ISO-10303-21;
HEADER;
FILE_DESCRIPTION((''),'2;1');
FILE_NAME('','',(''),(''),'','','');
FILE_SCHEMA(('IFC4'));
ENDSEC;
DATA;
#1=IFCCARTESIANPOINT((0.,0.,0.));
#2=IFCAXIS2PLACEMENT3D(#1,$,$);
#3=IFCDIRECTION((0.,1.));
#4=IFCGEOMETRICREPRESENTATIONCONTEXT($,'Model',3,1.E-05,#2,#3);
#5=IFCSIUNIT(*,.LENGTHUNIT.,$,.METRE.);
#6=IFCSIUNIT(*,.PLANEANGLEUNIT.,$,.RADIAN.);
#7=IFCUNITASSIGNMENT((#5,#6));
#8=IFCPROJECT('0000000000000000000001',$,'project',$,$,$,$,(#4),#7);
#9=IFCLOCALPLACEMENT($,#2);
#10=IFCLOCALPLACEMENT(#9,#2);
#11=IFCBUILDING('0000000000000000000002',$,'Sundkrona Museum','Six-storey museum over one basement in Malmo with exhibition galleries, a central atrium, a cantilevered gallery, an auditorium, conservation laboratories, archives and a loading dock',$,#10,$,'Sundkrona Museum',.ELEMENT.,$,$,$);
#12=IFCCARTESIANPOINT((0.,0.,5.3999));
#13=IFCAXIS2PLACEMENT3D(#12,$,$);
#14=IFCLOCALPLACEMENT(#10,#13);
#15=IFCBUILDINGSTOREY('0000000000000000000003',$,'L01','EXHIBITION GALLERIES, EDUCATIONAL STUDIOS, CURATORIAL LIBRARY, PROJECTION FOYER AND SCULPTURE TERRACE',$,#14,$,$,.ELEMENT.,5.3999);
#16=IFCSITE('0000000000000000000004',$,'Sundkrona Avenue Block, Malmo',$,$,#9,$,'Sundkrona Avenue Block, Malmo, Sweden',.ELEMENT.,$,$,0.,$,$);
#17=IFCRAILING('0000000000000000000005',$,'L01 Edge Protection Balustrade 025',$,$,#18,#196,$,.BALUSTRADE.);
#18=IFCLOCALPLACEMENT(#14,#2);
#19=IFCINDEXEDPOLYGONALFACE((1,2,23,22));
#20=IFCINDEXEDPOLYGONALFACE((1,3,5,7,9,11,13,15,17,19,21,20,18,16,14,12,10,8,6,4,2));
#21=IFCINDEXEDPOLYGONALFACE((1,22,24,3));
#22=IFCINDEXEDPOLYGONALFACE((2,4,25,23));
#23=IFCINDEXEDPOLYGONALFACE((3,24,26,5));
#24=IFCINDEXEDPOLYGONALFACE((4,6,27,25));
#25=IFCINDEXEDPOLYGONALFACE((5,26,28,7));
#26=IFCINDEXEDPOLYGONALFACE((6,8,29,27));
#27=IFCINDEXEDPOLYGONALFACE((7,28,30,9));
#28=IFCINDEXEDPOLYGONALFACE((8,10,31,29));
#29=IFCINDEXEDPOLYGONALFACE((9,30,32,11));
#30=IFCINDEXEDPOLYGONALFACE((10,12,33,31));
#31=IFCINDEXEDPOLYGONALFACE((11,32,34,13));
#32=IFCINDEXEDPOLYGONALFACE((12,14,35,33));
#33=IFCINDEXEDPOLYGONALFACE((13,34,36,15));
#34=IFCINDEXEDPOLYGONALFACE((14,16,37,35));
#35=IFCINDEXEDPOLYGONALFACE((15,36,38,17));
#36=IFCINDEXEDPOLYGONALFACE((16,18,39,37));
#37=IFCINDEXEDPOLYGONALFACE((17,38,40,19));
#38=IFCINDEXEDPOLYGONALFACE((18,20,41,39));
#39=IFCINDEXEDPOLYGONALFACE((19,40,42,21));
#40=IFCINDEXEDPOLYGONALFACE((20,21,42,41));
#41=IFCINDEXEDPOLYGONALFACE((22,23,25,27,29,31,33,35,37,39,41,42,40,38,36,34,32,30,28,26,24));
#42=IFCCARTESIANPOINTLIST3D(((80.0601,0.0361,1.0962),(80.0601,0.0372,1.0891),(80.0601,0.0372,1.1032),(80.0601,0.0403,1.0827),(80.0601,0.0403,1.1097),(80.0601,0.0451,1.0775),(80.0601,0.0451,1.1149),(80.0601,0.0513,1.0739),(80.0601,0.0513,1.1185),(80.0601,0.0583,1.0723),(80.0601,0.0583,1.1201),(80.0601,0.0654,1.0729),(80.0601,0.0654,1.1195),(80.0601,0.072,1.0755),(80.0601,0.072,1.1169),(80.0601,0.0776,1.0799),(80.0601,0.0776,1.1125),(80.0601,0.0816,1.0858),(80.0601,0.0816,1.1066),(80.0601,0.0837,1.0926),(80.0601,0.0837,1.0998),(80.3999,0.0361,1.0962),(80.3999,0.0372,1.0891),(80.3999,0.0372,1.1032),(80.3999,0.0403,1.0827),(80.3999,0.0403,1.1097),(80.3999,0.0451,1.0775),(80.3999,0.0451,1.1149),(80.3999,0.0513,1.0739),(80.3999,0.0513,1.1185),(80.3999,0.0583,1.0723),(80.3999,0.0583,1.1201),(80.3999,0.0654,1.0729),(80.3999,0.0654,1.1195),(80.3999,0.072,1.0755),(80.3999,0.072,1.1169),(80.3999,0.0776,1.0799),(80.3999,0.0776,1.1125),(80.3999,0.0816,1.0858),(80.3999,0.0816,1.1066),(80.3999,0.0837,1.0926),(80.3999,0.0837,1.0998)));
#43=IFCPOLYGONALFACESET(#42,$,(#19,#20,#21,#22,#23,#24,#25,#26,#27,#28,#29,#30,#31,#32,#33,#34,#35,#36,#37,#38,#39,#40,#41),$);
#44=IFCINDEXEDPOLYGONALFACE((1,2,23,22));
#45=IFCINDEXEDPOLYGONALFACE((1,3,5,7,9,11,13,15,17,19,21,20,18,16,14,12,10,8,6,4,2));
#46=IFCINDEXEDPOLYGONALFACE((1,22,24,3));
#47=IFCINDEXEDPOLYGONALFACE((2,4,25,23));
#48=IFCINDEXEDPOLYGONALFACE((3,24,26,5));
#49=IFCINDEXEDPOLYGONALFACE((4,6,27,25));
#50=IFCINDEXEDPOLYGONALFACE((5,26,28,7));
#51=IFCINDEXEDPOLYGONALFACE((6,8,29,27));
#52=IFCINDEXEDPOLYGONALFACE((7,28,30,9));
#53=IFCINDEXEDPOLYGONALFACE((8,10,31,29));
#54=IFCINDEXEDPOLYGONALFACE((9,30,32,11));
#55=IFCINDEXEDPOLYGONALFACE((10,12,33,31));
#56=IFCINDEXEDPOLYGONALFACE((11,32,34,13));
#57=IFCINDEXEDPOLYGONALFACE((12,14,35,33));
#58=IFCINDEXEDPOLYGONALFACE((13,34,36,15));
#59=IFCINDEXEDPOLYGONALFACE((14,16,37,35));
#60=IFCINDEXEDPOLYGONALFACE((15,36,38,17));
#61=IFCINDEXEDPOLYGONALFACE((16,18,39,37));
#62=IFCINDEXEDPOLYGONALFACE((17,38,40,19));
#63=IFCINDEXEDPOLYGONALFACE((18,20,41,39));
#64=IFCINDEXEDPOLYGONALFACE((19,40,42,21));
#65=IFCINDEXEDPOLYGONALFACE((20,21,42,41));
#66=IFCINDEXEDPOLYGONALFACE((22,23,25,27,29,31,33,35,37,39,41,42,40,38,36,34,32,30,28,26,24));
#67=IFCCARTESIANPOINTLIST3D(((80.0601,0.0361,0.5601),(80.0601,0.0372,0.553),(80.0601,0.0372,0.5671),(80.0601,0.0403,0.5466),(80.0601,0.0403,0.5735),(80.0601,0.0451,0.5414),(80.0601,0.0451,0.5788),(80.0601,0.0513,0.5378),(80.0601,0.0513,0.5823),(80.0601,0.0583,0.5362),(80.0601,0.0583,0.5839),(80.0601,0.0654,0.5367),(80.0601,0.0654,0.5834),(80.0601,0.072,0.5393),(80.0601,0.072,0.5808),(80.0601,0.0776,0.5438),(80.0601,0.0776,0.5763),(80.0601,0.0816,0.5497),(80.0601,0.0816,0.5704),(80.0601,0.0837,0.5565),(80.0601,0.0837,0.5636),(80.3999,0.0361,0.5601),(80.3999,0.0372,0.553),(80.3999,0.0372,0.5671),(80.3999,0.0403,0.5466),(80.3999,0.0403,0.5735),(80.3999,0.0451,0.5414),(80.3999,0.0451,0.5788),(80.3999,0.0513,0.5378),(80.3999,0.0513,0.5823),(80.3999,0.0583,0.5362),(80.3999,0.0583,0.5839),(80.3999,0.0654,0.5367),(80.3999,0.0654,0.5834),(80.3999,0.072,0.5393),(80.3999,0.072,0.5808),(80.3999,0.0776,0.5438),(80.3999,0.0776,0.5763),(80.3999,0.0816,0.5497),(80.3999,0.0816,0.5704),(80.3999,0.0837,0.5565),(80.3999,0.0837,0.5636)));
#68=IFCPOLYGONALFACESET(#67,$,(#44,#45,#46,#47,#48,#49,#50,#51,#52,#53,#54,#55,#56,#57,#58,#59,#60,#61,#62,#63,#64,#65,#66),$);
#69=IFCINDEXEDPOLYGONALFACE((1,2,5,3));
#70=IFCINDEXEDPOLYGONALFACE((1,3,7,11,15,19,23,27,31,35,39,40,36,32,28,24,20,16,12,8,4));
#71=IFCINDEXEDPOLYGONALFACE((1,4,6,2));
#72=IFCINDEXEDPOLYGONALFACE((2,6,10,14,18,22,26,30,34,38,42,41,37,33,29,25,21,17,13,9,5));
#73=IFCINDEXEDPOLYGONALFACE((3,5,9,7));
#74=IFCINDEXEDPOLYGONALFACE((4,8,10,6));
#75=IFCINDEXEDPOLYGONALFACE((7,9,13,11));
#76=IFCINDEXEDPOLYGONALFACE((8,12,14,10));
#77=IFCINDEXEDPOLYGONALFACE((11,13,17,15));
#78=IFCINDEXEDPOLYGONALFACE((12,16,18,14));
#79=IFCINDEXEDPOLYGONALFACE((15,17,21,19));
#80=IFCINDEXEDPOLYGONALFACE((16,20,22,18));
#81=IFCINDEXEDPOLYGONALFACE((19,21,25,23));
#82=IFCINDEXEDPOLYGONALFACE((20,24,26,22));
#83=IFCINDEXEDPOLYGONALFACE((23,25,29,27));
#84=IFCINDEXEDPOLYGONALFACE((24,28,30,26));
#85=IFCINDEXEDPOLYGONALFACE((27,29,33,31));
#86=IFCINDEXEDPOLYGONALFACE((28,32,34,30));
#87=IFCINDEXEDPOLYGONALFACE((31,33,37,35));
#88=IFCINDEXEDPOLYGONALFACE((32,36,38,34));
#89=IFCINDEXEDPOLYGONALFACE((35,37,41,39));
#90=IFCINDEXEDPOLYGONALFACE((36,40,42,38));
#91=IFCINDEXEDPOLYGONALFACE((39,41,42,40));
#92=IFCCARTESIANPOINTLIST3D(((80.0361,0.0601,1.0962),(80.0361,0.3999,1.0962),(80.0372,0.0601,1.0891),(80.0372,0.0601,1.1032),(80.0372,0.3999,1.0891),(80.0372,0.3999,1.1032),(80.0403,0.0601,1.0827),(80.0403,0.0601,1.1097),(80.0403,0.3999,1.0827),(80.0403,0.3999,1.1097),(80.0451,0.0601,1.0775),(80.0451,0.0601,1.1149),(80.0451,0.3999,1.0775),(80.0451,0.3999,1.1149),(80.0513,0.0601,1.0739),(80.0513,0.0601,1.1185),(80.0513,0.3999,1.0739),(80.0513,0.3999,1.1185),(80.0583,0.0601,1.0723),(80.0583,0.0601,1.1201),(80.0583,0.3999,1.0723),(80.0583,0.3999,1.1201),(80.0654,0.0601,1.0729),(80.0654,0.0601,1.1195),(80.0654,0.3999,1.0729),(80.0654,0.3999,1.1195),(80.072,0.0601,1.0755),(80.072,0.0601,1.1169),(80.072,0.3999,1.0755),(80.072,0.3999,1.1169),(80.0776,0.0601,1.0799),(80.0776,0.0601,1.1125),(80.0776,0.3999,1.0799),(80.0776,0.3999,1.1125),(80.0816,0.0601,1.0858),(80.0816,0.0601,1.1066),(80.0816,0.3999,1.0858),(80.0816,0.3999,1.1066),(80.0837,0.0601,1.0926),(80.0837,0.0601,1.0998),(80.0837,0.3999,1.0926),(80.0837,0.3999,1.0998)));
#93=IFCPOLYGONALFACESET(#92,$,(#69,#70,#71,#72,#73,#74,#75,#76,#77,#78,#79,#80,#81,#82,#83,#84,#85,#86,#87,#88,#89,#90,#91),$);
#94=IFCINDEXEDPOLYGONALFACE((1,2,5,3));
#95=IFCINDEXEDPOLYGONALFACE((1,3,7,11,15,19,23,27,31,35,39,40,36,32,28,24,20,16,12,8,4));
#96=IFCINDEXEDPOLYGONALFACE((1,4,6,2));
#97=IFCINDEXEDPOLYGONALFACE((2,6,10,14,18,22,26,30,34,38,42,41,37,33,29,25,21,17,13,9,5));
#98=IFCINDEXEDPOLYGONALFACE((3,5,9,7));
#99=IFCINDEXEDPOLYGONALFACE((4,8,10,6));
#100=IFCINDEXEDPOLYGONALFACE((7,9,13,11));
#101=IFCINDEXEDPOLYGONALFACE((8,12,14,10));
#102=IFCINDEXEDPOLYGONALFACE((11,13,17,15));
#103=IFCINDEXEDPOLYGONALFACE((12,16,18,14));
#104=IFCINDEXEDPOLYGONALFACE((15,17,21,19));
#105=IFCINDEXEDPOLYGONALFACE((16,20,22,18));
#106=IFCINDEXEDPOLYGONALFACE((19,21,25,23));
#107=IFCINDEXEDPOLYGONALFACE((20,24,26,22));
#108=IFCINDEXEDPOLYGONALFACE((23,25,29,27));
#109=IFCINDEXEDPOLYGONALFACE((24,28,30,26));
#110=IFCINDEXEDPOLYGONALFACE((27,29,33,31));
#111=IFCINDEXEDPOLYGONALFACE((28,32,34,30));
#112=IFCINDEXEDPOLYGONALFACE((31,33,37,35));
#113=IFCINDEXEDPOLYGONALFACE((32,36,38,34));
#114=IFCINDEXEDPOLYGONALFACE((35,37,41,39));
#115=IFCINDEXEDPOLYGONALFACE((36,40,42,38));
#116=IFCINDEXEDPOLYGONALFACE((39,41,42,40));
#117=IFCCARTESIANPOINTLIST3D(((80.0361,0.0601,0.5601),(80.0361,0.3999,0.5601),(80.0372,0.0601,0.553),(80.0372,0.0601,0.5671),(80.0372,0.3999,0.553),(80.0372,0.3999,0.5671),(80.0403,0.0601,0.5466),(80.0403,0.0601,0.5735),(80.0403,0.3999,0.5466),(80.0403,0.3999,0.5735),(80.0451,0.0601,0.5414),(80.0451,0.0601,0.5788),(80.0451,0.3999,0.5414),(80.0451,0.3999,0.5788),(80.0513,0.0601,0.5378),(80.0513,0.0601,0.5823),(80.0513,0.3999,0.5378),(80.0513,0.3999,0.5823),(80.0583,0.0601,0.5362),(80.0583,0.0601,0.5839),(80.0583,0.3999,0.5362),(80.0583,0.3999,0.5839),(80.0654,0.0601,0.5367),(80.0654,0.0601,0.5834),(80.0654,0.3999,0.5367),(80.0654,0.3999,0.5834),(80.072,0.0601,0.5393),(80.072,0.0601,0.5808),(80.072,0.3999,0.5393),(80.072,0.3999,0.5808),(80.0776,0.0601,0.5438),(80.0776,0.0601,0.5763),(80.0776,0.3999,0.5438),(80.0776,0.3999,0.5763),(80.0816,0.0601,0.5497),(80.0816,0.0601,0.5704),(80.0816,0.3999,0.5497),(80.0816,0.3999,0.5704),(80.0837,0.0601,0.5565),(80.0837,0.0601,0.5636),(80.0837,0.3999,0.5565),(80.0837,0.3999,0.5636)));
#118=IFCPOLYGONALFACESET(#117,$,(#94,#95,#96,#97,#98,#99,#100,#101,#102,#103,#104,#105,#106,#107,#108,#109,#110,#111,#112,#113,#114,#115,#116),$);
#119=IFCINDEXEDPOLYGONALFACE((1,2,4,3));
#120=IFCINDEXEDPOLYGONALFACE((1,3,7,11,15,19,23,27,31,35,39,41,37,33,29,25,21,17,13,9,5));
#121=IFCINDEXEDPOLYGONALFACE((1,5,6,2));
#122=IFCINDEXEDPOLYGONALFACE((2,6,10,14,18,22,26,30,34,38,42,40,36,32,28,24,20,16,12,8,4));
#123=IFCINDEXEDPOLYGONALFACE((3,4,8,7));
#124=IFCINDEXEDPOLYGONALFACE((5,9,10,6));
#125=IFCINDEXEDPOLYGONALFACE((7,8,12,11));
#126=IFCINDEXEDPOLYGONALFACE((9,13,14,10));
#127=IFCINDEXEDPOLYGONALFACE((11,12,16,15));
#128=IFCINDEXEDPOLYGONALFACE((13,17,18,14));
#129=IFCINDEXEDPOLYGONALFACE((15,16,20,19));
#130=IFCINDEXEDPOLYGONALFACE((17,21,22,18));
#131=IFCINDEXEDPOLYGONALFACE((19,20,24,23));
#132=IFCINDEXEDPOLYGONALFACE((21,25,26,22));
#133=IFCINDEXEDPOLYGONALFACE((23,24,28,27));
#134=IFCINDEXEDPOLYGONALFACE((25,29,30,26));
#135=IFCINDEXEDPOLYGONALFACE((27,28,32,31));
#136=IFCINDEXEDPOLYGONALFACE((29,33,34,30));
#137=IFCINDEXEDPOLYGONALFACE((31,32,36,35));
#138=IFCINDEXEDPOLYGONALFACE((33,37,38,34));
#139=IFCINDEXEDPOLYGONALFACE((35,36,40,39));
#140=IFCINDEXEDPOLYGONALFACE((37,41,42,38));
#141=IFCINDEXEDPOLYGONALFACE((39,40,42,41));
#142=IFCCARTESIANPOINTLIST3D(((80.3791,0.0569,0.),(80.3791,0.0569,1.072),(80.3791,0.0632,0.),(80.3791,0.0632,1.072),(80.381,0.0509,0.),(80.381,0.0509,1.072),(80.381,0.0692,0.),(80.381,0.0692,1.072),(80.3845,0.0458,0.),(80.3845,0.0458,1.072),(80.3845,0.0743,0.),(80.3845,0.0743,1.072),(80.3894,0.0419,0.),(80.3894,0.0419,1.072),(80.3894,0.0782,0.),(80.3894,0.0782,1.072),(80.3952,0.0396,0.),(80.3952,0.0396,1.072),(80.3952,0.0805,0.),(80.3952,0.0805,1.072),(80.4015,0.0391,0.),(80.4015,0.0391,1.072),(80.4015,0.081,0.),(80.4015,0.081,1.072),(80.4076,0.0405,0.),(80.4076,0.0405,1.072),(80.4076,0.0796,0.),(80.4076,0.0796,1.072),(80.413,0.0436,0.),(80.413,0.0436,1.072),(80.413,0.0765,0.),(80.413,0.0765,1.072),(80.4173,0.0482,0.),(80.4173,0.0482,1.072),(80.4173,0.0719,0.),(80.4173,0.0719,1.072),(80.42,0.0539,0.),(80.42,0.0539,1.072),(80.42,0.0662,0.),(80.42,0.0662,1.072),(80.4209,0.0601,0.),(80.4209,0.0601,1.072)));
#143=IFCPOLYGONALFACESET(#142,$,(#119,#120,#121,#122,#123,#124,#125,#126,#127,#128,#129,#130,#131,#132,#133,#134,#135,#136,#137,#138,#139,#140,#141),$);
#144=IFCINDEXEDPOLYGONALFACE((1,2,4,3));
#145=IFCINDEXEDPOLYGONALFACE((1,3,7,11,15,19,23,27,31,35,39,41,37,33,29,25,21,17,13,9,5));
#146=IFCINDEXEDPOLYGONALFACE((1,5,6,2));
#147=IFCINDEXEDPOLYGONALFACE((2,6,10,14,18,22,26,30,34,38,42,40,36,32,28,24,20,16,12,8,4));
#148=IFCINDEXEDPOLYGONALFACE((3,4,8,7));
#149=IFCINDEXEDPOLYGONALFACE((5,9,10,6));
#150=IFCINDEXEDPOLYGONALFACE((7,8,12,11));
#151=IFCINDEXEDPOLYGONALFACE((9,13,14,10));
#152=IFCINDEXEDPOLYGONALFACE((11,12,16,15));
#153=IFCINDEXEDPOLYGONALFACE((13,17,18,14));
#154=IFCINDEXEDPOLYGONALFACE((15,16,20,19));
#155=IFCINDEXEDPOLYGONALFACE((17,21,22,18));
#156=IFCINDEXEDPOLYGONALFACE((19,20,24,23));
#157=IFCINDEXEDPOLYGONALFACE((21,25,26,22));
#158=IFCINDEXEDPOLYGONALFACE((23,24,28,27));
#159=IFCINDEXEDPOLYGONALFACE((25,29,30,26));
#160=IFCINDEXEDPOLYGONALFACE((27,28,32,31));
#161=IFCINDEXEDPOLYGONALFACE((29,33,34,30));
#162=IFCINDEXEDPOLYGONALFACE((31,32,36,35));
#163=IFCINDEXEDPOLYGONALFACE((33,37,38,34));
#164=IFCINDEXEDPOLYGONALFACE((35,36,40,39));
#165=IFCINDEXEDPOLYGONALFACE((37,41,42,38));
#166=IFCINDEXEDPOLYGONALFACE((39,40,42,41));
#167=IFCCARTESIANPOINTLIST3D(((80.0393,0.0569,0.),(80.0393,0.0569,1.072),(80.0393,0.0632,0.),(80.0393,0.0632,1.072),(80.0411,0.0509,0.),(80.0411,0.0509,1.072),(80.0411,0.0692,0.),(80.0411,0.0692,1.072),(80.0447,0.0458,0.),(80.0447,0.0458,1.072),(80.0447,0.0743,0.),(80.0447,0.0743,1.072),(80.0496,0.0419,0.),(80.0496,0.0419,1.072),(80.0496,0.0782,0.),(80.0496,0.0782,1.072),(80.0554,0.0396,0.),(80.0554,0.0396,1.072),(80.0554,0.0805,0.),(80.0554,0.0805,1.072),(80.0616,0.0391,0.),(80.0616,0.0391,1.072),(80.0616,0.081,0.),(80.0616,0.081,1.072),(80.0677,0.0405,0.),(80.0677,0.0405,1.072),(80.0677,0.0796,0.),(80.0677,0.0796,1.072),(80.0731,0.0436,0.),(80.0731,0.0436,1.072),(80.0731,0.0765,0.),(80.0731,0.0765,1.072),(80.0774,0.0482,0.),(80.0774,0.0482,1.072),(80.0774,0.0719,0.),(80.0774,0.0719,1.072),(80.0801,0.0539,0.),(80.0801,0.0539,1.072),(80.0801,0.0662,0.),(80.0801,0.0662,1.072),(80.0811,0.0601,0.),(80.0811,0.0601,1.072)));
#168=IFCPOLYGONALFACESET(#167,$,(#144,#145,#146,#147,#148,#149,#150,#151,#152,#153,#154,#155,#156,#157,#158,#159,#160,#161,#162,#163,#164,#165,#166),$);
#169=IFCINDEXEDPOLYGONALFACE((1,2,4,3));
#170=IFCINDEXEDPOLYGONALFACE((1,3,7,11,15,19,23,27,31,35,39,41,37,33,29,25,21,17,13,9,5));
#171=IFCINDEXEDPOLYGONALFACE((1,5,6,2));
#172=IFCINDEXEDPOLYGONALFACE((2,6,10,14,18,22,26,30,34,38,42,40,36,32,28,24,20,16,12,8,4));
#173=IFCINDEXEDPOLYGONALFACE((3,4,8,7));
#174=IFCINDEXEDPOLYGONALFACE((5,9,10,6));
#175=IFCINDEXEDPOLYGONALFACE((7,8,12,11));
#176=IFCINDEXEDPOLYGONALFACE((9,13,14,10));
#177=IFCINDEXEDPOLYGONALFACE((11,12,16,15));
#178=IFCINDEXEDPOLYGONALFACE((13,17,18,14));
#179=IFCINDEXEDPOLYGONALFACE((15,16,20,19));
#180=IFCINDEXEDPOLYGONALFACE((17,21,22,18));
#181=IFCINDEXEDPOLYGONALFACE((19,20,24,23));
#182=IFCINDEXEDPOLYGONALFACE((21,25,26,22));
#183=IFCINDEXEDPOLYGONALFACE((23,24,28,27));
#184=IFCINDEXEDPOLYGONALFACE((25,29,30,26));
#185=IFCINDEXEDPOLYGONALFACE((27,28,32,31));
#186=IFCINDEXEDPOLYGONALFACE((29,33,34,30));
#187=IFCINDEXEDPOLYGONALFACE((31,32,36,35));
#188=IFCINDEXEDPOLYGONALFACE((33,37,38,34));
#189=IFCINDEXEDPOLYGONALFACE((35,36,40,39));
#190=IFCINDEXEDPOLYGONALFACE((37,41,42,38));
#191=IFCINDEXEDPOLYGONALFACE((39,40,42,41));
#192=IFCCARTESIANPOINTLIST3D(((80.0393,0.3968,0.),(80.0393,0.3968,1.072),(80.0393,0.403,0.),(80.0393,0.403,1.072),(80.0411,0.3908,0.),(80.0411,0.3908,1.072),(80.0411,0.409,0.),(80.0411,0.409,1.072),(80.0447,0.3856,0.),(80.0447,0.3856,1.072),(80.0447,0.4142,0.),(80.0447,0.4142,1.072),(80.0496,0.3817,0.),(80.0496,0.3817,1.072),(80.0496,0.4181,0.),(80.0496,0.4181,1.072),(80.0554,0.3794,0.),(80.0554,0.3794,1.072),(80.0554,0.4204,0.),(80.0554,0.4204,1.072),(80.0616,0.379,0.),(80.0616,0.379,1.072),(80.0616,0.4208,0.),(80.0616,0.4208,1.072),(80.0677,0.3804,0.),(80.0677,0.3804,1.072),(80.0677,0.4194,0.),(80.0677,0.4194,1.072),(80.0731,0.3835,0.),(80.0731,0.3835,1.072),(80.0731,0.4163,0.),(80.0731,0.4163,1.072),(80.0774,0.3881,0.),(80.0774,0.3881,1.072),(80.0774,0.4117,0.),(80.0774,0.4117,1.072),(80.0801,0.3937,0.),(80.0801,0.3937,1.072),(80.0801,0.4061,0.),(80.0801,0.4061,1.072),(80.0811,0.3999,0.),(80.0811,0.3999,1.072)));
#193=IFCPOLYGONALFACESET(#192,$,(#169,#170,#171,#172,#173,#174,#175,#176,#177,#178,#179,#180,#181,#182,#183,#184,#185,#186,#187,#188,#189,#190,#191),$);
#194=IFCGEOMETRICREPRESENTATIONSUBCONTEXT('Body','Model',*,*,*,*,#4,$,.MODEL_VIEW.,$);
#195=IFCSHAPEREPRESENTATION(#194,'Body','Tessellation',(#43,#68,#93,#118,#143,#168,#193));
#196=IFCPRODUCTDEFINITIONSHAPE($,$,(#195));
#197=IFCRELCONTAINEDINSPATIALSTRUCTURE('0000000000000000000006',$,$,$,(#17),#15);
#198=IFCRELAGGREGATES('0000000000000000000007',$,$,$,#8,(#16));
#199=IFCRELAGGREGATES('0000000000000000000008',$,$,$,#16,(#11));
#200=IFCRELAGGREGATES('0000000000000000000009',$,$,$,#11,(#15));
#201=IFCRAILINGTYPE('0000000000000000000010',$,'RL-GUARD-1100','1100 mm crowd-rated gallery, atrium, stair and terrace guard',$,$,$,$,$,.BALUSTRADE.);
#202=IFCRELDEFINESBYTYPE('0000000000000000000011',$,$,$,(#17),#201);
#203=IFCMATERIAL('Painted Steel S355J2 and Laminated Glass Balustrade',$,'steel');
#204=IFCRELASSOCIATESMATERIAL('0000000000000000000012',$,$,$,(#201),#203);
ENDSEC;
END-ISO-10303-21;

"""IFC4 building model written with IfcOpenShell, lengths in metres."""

from ifc_helpers import new_model, si_unit, direction, frame, origin, origin_2d, place, context, subcontext, project, spatial, circle, extrude, material, type_object, element, save


model = new_model("IFC4")

# Units and contexts
model_context = context("Model", 3, precision=1e-05, world=origin(), true_north=direction((0.0, 1.0)))
body_context = subcontext(model_context, "Body", "Model", "MODEL_VIEW")
ifc_project = project(units=[si_unit("LENGTHUNIT", "METRE"), si_unit("PLANEANGLEUNIT", "RADIAN")], contexts=[model_context])

# Site, building, storey
site_placement = place(None, origin())
site = spatial("IfcSite", under=ifc_project, at=site_placement, Name="Sundkrona Avenue Block, Malmo", LongName="Sundkrona Avenue Block, Malmo, Sweden", CompositionType="ELEMENT", RefElevation=0.0)
building_placement = place(site_placement, origin())
building = spatial("IfcBuilding", under=site, at=building_placement, Name="Sundkrona Museum", Description="Six-storey museum over one basement in Malmo with exhibition galleries, a central atrium, a cantilevered gallery, an auditorium, conservation laboratories, archives and a loading dock", LongName="Sundkrona Museum", CompositionType="ELEMENT")
storey_placement = place(building_placement, frame((0.0, 0.0, 5.3999)))
storey = spatial("IfcBuildingStorey", under=building, at=storey_placement, Name="L01", Description="EXHIBITION GALLERIES, EDUCATIONAL STUDIOS, CURATORIAL LIBRARY, PROJECTION FOYER AND SCULPTURE TERRACE", CompositionType="ELEMENT", Elevation=5.3999)

# Railing
ifc_material_1 = material(Name="Painted Steel S355J2 and Laminated Glass Balustrade", Category="steel")
railing_type = type_object("IfcRailingType", Name="RL-GUARD-1100", Description="1100 mm crowd-rated gallery, atrium, stair and terrace guard", PredefinedType="BALUSTRADE", material=ifc_material_1)
railing_placement = place(storey_placement, frame((80.3999, 0.0601, 0.0)))
element("IfcRailing", 1, at=railing_placement, inside=storey, type_object=railing_type, Name="L01 Edge Protection Balustrade 025", PredefinedType="BALUSTRADE", context=body_context, shape_type="SweptSolid", body=[
    extrude(circle(Radius=0.0239, at=origin_2d()), frame((0.0, 0.0, 1.0962), z_axis=(-1.0, 0.0, 0.0), x_axis=(0.0, -1.0, 0.0)), (0.0, 0.0, 1.0), 0.3398),
    extrude(circle(Radius=0.0239, at=origin_2d()), frame((0.0, 0.0, 0.5601), z_axis=(-1.0, 0.0, 0.0), x_axis=(0.0, -1.0, 0.0)), (0.0, 0.0, 1.0), 0.3398),
    extrude(circle(Radius=0.0239, at=origin_2d()), frame((-0.3398, 0.0, 1.0962), z_axis=(0.0, 1.0, 0.0), x_axis=(-1.0, 0.0, 0.0)), (0.0, 0.0, 1.0), 0.3398),
    extrude(circle(Radius=0.0239, at=origin_2d()), frame((-0.3398, 0.0, 0.5601), z_axis=(0.0, 1.0, 0.0), x_axis=(-1.0, 0.0, 0.0)), (0.0, 0.0, 1.0), 0.3398),
    extrude(circle(Radius=0.021, at=origin_2d()), origin(), (0.0, 0.0, 1.0), 1.072),
    extrude(circle(Radius=0.021, at=origin_2d()), frame((-0.3398, 0.0, 0.0)), (0.0, 0.0, 1.0), 1.072),
    extrude(circle(Radius=0.021, at=origin_2d()), frame((-0.3398, 0.3398, 0.0)), (0.0, 0.0, 1.0), 1.072),
])

save(model, "model.ifc")
